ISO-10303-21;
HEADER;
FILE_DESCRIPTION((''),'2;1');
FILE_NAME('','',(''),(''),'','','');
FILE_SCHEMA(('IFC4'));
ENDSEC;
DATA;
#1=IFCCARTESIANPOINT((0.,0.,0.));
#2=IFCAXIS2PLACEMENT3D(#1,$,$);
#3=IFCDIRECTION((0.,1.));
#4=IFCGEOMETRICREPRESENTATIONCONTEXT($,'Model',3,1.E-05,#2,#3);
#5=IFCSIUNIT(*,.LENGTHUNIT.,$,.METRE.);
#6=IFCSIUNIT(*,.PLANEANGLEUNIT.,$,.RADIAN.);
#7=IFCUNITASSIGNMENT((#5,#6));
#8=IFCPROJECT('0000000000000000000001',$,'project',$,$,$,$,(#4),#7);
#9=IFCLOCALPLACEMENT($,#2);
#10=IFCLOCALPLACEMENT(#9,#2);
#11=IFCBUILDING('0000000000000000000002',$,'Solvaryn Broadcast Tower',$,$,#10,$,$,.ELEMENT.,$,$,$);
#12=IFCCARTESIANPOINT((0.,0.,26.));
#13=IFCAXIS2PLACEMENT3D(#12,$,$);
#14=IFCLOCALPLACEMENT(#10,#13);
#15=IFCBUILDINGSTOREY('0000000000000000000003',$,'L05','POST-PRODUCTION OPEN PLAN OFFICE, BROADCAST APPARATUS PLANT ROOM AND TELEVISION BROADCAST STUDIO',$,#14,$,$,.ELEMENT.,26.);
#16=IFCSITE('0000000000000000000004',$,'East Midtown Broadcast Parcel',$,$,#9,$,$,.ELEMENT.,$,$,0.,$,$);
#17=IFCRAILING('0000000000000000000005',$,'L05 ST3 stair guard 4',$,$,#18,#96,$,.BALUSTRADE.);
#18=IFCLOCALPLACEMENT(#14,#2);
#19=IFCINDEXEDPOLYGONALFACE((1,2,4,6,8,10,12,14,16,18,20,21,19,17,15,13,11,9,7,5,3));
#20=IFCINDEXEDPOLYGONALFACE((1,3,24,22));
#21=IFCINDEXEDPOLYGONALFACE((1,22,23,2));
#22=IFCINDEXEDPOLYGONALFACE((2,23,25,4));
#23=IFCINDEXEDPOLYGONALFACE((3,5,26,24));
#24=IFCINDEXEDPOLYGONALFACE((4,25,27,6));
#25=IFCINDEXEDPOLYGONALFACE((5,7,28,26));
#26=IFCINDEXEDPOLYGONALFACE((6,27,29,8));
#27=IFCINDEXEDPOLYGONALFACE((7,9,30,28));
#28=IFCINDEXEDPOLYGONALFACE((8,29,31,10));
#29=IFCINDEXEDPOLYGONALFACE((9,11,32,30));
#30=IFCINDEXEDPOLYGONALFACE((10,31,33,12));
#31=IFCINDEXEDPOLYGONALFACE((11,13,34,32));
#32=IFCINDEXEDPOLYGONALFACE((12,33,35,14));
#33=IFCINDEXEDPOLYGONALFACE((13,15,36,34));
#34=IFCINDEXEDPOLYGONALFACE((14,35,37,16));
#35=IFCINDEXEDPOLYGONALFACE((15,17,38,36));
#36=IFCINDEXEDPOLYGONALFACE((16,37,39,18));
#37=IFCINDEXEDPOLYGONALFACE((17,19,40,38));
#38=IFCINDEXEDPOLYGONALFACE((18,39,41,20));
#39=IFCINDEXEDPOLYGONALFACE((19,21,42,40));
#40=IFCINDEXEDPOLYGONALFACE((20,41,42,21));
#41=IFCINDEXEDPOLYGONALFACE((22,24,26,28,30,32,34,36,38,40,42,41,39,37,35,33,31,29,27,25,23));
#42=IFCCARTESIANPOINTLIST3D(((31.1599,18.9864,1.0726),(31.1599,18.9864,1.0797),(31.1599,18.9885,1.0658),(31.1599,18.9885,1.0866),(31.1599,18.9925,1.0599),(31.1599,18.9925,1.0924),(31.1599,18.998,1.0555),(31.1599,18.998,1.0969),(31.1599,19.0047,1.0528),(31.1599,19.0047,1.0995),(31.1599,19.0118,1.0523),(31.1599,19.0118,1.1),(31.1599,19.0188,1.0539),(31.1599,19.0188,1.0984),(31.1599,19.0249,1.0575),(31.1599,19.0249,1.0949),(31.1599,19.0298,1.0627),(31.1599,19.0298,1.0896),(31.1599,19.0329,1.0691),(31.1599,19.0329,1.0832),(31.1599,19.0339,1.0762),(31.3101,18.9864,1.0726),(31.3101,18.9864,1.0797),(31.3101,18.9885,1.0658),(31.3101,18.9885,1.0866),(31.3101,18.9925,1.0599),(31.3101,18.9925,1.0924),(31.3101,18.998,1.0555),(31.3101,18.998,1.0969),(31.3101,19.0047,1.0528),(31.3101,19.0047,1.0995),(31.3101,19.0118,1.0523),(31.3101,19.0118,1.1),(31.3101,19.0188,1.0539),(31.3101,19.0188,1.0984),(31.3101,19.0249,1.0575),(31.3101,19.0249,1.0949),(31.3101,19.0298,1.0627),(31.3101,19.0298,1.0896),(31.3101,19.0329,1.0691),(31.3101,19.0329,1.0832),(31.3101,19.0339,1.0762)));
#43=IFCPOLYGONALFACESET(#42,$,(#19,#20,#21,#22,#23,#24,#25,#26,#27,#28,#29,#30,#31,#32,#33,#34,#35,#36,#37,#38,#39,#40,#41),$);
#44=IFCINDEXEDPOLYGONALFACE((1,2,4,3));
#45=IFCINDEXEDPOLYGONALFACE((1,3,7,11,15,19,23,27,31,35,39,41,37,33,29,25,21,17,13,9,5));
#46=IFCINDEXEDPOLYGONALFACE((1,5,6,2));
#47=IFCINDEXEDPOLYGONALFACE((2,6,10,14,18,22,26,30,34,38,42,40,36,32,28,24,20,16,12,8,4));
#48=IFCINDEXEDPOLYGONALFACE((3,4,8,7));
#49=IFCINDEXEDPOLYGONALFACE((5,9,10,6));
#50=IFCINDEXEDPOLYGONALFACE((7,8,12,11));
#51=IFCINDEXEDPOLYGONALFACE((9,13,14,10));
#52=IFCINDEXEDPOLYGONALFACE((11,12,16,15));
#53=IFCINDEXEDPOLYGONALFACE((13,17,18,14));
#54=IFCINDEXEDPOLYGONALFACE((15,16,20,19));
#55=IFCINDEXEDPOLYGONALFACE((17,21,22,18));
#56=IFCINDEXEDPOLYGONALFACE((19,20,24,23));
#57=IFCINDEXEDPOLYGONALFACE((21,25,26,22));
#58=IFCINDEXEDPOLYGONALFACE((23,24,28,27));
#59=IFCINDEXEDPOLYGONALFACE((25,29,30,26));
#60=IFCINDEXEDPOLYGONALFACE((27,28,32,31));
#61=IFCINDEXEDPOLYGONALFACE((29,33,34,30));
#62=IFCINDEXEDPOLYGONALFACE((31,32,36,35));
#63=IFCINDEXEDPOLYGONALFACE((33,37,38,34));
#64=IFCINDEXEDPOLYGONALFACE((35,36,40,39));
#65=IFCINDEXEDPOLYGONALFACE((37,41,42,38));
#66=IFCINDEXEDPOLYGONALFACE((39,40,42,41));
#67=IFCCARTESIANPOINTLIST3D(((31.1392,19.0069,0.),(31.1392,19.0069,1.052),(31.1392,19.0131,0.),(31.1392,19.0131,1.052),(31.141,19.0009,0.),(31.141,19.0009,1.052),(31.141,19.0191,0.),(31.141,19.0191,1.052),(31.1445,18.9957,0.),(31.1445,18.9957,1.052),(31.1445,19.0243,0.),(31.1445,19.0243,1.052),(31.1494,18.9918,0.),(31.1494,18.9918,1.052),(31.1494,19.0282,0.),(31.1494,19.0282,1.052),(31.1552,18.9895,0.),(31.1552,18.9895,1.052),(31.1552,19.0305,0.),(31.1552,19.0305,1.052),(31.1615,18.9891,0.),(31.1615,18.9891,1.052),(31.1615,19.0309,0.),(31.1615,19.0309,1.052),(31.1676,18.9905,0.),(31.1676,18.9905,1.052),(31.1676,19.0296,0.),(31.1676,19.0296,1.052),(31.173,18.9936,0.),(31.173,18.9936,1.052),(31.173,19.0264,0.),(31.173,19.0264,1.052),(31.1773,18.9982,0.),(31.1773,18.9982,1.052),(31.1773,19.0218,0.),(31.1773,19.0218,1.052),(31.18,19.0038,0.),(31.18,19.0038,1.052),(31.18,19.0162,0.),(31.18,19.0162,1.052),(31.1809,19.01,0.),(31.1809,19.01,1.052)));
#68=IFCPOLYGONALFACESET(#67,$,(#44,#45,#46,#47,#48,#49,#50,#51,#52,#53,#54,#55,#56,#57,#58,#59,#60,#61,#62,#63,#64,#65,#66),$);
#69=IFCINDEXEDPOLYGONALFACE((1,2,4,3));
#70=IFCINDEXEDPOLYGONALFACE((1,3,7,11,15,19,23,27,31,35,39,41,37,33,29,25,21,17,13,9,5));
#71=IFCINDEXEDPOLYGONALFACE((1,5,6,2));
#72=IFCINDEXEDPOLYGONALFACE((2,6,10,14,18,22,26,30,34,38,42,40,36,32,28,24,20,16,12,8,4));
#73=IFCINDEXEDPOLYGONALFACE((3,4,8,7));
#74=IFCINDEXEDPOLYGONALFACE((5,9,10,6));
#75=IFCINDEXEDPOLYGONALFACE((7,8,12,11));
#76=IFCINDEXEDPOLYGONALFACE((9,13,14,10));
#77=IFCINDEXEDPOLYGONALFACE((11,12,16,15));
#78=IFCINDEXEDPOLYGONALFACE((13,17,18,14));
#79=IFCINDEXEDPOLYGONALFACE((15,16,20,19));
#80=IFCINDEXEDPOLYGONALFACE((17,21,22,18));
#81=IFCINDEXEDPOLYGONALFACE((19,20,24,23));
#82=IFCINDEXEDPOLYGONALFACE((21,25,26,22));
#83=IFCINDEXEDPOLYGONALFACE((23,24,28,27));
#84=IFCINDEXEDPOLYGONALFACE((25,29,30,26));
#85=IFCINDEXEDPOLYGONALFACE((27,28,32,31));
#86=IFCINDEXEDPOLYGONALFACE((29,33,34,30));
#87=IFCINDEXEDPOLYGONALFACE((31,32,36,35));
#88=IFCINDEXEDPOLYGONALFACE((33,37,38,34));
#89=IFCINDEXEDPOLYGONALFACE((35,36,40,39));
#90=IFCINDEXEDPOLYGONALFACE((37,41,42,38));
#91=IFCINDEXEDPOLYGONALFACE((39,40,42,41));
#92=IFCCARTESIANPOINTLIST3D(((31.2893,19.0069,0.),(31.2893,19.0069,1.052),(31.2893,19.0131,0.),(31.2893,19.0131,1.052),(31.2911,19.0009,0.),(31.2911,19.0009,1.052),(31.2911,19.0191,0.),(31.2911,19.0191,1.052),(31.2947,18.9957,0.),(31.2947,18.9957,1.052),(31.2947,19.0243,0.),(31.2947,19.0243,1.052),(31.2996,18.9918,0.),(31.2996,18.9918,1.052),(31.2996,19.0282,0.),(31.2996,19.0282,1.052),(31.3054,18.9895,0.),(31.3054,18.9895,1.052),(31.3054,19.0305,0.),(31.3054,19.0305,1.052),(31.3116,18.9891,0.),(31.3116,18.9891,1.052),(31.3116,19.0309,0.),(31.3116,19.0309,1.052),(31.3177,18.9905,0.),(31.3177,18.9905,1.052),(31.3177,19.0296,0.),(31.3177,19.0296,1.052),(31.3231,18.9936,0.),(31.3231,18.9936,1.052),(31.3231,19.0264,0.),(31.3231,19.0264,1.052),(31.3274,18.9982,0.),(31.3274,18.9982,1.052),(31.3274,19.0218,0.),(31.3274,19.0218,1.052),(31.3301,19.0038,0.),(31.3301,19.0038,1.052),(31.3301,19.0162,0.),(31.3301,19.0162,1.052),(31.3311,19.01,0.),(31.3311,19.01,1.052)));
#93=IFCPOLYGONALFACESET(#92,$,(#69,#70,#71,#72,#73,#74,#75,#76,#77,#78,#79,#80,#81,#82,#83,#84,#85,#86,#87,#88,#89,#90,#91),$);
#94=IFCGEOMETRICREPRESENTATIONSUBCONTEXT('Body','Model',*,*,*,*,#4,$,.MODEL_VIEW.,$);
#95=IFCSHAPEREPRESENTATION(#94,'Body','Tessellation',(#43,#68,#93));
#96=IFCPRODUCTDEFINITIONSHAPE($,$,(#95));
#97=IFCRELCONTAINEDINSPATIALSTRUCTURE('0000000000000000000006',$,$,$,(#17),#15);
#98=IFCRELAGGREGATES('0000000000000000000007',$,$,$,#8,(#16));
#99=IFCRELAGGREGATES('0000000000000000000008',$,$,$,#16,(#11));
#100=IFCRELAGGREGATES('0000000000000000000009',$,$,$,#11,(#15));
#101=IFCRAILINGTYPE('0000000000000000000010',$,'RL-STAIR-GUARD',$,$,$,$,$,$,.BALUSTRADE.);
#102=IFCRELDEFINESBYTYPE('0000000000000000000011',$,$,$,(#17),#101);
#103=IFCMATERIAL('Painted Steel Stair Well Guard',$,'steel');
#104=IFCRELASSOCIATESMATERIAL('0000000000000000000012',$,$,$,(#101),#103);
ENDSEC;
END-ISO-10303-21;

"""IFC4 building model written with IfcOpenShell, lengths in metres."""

from ifc_helpers import new_model, si_unit, direction, frame, origin, origin_2d, place, context, subcontext, project, spatial, circle, extrude, material, type_object, element, save


model = new_model("IFC4")

# Units and contexts
model_context = context("Model", 3, precision=1e-05, world=origin(), true_north=direction((0.0, 1.0)))
body_context = subcontext(model_context, "Body", "Model", "MODEL_VIEW")
ifc_project = project(units=[si_unit("LENGTHUNIT", "METRE"), si_unit("PLANEANGLEUNIT", "RADIAN")], contexts=[model_context])

# Site, building, storey
site_placement = place(None, origin())
site = spatial("IfcSite", under=ifc_project, at=site_placement, Name="East Midtown Broadcast Parcel", CompositionType="ELEMENT", RefElevation=0.0)
building_placement = place(site_placement, origin())
building = spatial("IfcBuilding", under=site, at=building_placement, Name="Solvaryn Broadcast Tower", CompositionType="ELEMENT")
storey_placement = place(building_placement, frame((0.0, 0.0, 26.0)))
storey = spatial("IfcBuildingStorey", under=building, at=storey_placement, Name="L05", Description="POST-PRODUCTION OPEN PLAN OFFICE, BROADCAST APPARATUS PLANT ROOM AND TELEVISION BROADCAST STUDIO", CompositionType="ELEMENT", Elevation=26.0)

# Railing
ifc_material_1 = material(Name="Painted Steel Stair Well Guard", Category="steel")
railing_type_1 = type_object("IfcRailingType", Name="RL-STAIR-GUARD", PredefinedType="BALUSTRADE", material=ifc_material_1)
railing_1_placement = place(storey_placement, frame((31.1599, 19.01, 0.0)))
element("IfcRailing", 1, at=railing_1_placement, inside=storey, type_object=railing_type_1, Name="L05 ST3 stair guard 4", PredefinedType="BALUSTRADE", context=body_context, shape_type="SweptSolid", body=[
    extrude(circle(Radius=0.0239, at=origin_2d()), frame((0.0, 0.0, 1.0762), z_axis=(1.0, 0.0, 0.0), x_axis=(0.0, 1.0, 0.0)), (0.0, 0.0, 1.0), 0.1501),
    extrude(circle(Radius=0.021, at=origin_2d()), origin(), (0.0, 0.0, 1.0), 1.052),
    extrude(circle(Radius=0.021, at=origin_2d()), frame((0.1501, 0.0, 0.0)), (0.0, 0.0, 1.0), 1.052),
])

save(model, "model.ifc")
